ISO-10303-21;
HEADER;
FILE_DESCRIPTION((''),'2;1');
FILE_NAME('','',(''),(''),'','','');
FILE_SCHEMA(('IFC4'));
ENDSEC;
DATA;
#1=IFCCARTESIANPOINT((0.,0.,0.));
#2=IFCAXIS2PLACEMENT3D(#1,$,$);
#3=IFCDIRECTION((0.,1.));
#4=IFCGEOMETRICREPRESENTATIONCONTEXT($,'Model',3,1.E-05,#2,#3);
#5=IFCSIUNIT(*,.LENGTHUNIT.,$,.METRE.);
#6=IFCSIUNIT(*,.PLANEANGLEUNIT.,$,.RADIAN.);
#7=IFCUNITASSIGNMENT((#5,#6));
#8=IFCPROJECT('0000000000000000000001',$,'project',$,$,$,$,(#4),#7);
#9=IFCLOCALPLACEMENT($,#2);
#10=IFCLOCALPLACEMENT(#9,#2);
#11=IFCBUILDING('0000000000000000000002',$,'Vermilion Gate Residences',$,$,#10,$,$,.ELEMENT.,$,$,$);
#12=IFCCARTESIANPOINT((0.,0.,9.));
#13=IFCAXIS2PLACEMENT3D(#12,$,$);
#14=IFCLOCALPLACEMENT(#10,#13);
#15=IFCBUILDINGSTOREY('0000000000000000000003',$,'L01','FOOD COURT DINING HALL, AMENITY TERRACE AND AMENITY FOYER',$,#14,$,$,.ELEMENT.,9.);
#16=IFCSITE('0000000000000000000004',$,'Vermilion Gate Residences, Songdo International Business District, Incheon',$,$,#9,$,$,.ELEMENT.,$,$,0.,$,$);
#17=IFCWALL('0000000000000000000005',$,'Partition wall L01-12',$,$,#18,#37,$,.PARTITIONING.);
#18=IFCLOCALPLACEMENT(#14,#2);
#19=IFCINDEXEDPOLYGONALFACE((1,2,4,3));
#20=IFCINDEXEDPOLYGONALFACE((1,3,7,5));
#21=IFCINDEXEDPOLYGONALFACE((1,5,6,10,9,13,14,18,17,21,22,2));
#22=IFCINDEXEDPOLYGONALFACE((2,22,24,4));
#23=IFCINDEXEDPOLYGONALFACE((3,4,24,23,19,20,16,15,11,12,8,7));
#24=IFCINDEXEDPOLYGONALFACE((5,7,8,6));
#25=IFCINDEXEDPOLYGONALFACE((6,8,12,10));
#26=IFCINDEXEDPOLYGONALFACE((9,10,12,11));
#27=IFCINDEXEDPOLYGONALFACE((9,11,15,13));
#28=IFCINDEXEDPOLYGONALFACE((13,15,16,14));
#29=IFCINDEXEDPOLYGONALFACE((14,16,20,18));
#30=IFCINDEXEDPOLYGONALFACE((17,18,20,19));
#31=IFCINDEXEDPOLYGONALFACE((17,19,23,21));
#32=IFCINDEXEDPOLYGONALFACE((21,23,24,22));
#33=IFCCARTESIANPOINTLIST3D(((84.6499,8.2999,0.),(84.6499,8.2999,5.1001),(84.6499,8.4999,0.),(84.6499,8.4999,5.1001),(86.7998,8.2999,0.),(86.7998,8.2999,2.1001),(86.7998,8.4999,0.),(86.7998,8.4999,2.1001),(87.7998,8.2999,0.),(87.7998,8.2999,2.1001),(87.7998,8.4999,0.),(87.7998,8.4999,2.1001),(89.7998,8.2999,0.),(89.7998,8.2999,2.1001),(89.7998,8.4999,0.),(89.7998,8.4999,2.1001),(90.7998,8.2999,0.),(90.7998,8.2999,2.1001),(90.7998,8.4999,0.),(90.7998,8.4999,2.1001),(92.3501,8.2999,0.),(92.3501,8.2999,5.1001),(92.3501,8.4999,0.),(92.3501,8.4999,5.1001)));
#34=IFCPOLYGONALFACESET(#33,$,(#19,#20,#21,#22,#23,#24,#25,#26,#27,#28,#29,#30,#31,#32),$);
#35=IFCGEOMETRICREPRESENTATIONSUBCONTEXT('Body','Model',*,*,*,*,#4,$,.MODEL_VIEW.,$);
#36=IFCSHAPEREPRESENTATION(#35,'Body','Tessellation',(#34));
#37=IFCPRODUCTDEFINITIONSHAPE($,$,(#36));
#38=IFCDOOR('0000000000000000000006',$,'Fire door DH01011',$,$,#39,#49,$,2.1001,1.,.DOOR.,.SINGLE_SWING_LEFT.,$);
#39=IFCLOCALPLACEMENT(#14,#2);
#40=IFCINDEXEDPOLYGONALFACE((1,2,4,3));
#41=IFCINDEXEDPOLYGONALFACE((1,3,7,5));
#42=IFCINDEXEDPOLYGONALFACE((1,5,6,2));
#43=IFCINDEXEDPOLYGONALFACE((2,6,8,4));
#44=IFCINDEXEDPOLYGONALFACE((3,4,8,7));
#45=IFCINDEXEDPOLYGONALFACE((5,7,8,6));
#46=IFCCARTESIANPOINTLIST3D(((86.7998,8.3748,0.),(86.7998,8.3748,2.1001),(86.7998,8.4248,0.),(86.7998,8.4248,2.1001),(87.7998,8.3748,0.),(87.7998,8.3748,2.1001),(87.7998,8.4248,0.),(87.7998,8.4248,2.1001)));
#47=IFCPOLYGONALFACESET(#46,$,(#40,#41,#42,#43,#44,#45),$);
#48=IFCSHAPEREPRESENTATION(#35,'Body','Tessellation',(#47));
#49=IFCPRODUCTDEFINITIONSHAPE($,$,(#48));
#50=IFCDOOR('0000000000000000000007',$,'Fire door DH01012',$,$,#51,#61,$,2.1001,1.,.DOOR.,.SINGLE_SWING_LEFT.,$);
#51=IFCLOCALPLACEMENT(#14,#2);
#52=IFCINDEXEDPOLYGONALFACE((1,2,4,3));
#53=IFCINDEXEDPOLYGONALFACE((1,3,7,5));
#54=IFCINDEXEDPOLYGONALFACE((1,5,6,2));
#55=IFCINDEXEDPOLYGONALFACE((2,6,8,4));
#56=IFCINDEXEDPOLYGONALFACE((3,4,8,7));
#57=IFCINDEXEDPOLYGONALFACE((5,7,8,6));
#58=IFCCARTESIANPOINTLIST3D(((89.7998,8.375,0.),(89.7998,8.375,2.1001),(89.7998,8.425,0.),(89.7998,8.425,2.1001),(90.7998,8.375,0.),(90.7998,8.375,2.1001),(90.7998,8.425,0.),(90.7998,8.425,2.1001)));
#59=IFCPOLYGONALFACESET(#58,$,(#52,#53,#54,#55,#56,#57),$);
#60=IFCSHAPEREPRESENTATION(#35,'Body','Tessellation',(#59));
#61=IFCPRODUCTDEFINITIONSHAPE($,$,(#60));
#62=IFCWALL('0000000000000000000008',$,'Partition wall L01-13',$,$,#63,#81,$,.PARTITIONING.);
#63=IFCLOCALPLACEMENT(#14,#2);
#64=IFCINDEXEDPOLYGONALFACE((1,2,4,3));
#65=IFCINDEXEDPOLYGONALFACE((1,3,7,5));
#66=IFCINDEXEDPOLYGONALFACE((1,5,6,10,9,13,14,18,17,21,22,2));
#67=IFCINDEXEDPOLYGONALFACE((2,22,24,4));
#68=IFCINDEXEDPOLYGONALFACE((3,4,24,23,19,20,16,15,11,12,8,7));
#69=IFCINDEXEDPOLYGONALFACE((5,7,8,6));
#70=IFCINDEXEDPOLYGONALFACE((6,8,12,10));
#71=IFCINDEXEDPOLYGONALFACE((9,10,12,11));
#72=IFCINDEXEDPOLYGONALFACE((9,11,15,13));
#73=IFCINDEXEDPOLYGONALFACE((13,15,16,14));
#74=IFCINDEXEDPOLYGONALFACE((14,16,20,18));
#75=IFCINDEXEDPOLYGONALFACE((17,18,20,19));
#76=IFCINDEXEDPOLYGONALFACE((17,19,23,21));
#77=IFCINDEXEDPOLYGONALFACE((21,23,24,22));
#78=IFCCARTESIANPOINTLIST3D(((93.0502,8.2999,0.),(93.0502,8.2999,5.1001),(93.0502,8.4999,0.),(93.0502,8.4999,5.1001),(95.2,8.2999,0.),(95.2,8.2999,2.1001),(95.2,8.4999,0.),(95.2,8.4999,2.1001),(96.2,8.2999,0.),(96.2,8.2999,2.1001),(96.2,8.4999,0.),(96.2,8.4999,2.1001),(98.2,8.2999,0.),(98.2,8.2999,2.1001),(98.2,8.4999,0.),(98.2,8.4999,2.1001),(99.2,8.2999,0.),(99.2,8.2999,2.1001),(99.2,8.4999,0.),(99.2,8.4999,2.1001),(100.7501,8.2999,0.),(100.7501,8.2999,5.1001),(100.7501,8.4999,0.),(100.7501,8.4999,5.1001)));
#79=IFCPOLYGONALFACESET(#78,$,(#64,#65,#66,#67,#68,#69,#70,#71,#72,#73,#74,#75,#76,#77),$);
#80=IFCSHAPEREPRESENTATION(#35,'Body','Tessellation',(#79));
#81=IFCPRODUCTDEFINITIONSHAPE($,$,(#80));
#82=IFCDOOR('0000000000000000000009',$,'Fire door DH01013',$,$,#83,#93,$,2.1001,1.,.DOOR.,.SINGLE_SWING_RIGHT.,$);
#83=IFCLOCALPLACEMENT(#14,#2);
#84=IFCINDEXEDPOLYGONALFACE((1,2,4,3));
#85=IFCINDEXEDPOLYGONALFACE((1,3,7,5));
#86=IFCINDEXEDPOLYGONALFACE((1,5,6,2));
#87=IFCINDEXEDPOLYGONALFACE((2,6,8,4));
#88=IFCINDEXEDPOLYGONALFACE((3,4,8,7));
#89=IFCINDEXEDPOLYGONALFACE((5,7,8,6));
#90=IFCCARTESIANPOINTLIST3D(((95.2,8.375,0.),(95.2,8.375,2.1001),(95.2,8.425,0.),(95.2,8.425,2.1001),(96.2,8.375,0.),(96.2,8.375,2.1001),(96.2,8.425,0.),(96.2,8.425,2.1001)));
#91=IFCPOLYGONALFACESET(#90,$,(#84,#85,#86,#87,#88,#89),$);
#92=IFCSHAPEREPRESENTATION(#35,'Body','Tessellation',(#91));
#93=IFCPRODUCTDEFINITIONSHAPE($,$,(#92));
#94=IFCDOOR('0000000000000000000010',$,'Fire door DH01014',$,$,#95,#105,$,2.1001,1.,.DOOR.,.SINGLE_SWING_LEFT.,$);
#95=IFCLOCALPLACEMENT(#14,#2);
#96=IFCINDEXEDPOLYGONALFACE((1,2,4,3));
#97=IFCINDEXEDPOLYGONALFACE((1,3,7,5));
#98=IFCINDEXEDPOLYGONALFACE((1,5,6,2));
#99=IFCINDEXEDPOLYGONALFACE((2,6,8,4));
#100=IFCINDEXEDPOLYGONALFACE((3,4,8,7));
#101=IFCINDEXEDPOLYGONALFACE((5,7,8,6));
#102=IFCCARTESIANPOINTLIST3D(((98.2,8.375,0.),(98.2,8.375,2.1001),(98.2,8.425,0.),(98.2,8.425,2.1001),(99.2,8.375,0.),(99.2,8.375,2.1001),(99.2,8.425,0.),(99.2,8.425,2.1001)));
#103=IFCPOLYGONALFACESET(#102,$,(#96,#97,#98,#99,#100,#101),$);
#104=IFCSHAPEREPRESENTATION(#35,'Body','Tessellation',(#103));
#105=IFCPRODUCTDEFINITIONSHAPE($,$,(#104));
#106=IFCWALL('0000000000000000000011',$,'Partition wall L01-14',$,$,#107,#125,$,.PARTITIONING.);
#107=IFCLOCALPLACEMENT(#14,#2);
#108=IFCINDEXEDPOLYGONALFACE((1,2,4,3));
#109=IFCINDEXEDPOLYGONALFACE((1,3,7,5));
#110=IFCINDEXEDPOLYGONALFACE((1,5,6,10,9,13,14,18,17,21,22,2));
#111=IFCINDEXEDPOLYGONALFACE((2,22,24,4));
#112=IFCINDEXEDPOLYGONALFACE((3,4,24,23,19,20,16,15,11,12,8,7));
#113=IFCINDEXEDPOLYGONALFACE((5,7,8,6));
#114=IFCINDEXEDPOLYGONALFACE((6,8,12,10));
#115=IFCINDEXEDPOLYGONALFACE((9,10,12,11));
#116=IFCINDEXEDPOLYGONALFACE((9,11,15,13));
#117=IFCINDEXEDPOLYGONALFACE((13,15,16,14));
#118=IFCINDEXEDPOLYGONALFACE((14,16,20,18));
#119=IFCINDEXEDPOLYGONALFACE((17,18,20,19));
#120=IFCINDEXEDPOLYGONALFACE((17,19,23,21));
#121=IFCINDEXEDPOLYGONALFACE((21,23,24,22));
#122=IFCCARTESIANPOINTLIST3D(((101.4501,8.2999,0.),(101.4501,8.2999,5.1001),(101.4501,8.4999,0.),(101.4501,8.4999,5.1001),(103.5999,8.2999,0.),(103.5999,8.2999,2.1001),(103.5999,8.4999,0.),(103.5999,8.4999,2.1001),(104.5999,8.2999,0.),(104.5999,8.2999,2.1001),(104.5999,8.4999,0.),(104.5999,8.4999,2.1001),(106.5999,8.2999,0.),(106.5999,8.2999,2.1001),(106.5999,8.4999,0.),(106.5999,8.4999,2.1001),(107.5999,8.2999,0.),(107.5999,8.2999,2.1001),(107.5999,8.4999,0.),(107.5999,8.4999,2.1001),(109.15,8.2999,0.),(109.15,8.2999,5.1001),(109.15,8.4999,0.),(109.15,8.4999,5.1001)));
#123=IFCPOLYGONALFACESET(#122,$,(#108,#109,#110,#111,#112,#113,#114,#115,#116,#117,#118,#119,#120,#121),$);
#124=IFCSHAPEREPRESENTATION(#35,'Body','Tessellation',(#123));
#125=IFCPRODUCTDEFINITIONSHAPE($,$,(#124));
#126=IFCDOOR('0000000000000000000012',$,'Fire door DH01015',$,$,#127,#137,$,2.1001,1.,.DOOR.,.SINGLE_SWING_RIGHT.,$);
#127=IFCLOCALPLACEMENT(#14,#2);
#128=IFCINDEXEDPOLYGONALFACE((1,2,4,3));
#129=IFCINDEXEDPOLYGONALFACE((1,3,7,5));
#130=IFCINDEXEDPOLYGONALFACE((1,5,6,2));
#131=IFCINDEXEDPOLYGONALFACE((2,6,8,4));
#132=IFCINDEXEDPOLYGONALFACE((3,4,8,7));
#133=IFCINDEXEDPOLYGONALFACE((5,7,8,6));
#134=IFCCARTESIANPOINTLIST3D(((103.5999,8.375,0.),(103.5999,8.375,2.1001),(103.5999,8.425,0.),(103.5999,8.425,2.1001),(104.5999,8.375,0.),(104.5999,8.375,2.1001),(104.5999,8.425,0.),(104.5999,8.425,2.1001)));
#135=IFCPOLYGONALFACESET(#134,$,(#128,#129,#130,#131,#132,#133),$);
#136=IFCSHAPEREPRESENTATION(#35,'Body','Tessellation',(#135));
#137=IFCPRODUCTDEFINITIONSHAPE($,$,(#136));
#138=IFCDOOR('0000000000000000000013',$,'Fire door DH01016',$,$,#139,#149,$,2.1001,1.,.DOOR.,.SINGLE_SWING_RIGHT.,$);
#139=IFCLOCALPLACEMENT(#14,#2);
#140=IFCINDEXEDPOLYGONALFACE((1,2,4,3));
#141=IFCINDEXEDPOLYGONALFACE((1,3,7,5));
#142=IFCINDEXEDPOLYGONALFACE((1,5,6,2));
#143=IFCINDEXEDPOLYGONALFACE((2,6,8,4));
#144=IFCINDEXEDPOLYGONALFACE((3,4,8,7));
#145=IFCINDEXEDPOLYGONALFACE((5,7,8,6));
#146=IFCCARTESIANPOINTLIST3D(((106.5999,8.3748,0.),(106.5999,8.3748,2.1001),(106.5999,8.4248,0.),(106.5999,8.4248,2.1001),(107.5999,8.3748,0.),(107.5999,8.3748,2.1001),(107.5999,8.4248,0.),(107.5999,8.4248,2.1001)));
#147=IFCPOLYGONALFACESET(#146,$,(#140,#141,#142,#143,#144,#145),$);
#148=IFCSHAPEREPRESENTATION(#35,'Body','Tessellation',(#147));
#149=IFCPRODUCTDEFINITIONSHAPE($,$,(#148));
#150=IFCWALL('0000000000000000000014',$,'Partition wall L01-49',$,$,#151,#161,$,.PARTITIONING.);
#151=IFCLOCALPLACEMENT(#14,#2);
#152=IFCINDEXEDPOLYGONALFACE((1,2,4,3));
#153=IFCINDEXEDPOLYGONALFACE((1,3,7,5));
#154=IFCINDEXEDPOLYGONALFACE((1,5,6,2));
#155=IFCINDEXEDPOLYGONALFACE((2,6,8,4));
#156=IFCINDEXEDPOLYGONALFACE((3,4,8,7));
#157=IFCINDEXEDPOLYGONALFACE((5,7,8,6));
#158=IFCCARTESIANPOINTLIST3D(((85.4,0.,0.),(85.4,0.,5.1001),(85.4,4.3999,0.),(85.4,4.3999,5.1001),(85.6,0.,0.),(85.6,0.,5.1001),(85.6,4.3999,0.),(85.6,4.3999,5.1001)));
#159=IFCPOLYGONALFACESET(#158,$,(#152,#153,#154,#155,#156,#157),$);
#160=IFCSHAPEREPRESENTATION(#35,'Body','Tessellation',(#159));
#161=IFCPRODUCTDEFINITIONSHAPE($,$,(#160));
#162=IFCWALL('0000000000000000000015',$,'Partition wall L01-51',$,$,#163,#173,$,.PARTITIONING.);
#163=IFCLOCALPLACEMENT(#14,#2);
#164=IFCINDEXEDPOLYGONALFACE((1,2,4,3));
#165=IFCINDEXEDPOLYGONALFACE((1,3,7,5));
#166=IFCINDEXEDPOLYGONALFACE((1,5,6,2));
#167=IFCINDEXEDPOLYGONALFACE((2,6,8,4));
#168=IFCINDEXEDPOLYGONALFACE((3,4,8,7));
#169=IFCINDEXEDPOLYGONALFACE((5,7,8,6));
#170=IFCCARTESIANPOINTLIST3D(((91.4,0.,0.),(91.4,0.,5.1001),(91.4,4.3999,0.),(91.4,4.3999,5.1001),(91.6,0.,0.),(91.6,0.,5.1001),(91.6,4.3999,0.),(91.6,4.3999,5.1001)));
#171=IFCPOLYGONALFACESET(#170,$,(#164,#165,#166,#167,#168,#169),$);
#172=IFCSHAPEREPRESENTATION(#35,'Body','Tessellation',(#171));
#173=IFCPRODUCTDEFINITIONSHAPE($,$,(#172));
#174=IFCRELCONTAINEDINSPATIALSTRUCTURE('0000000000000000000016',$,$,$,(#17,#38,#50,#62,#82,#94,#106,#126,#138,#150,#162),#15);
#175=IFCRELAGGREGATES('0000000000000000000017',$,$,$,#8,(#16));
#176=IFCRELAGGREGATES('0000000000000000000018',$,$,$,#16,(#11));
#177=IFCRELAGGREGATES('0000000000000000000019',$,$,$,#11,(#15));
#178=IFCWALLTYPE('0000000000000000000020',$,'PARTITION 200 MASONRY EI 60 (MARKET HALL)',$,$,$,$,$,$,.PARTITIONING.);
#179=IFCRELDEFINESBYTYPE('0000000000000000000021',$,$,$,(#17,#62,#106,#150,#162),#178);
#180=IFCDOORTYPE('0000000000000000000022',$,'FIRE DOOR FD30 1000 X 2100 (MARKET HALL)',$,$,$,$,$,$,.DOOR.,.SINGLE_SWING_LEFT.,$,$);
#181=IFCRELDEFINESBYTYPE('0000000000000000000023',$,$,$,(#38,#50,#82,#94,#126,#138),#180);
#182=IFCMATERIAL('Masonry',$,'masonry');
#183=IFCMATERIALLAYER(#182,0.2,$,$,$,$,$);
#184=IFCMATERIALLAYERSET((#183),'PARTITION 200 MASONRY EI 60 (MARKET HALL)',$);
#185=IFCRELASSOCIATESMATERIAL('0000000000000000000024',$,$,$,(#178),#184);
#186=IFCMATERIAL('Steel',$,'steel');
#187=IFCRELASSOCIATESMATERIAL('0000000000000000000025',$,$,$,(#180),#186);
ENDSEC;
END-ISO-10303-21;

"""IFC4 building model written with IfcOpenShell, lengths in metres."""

from ifc_helpers import new_model, si_unit, direction, frame, frame_2d, origin, place, context, subcontext, project, spatial, rectangle, extrude, material, layer, layer_set, type_object, element, fill, save


model = new_model("IFC4")

# Units and contexts
model_context = context("Model", 3, precision=1e-05, world=origin(), true_north=direction((0.0, 1.0)))
body_context = subcontext(model_context, "Body", "Model", "MODEL_VIEW")
ifc_project = project(units=[si_unit("LENGTHUNIT", "METRE"), si_unit("PLANEANGLEUNIT", "RADIAN")], contexts=[model_context])

# Site, building, storey
site_placement = place(None, origin())
site = spatial("IfcSite", under=ifc_project, at=site_placement, Name="Vermilion Gate Residences, Songdo International Business District, Incheon", CompositionType="ELEMENT", RefElevation=0.0)
building_placement = place(site_placement, origin())
building = spatial("IfcBuilding", under=site, at=building_placement, Name="Vermilion Gate Residences", CompositionType="ELEMENT")
storey_placement = place(building_placement, frame((0.0, 0.0, 9.0)))
storey = spatial("IfcBuildingStorey", under=building, at=storey_placement, Name="L01", Description="FOOD COURT DINING HALL, AMENITY TERRACE AND AMENITY FOYER", CompositionType="ELEMENT", Elevation=9.0)

# Walls, openings, doors
ifc_material_1 = material(Name="Masonry", Category="masonry")
ifc_layer_1 = layer(ifc_material_1, 0.2)
ifc_layer_set_1 = layer_set([ifc_layer_1], Name="PARTITION 200 MASONRY EI 60 (MARKET HALL)")
wall_type_1 = type_object("IfcWallType", Name="PARTITION 200 MASONRY EI 60 (MARKET HALL)", PredefinedType="PARTITIONING", material=ifc_layer_set_1)
wall_1_placement = place(storey_placement, frame((84.6499, 8.3999, 0.0), z_axis=(0.0, 0.0, 1.0), x_axis=(1.0, 0.0, 0.0)))
wall_1 = element("IfcWall", 1, at=wall_1_placement, inside=storey, type_object=wall_type_1, Name="Partition wall L01-12", PredefinedType="PARTITIONING", context=body_context, shape_type="SweptSolid", body=[
    extrude(rectangle(XDim=7.7002, YDim=0.2, at=frame_2d((3.8501, 0.0))), origin(), (0.0, 0.0, 1.0), 5.1001),
])
opening_1_placement = place(wall_1_placement, frame((2.1499, 0.0, 0.0)))
opening_1 = element("IfcOpeningElement", 2, at=opening_1_placement, cuts=wall_1, PredefinedType="OPENING", context=body_context, shape_type="SweptSolid", body=[
    extrude(rectangle(XDim=1.0, YDim=2.1001, at=frame_2d((0.5, 1.05))), frame((0.0, 0.1099, 0.0), z_axis=(0.0, -1.0, 0.0), x_axis=(1.0, 0.0, 0.0)), (0.0, 0.0, 1.0), 0.22),
])
opening_2_placement = place(wall_1_placement, frame((5.1499, 0.0, 0.0)))
opening_2 = element("IfcOpeningElement", 3, at=opening_2_placement, cuts=wall_1, PredefinedType="OPENING", context=body_context, shape_type="SweptSolid", body=[
    extrude(rectangle(XDim=1.0, YDim=2.1001, at=frame_2d((0.5, 1.05))), frame((0.0, 0.1099, 0.0), z_axis=(0.0, -1.0, 0.0), x_axis=(1.0, 0.0, 0.0)), (0.0, 0.0, 1.0), 0.22),
])
ifc_material_2 = material(Name="Steel", Category="steel")
door_type = type_object("IfcDoorType", Name="FIRE DOOR FD30 1000 X 2100 (MARKET HALL)", OperationType="SINGLE_SWING_LEFT", PredefinedType="DOOR", material=ifc_material_2)
door_1_placement = place(opening_1_placement, origin())
door_1 = element("IfcDoor", 4, at=door_1_placement, inside=storey, type_object=door_type, Name="Fire door DH01011", OperationType="SINGLE_SWING_LEFT", OverallHeight=2.1001, OverallWidth=1.0, PredefinedType="DOOR", context=body_context, shape_type="SweptSolid", body=[
    extrude(rectangle(XDim=1.0, YDim=2.1001, at=frame_2d((0.5, 1.05))), frame((0.0, 0.0249, 0.0), z_axis=(0.0, -1.0, 0.0), x_axis=(1.0, 0.0, 0.0)), (0.0, 0.0, 1.0), 0.05),
])
fill(opening_1, door_1)
door_2_placement = place(opening_2_placement, frame((1.0, 0.0, 0.0), z_axis=(0.0, 0.0, 1.0), x_axis=(-1.0, 0.0, 0.0)))
door_2 = element("IfcDoor", 5, at=door_2_placement, inside=storey, type_object=door_type, Name="Fire door DH01012", OperationType="SINGLE_SWING_LEFT", OverallHeight=2.1001, OverallWidth=1.0, PredefinedType="DOOR", context=body_context, shape_type="SweptSolid", body=[
    extrude(rectangle(XDim=1.0, YDim=2.1001, at=frame_2d((0.5, 1.05))), frame((0.0, 0.0249, 0.0), z_axis=(0.0, -1.0, 0.0), x_axis=(1.0, 0.0, 0.0)), (0.0, 0.0, 1.0), 0.05),
])
fill(opening_2, door_2)
wall_2_placement = place(storey_placement, frame((93.05, 8.3999, 0.0), z_axis=(0.0, 0.0, 1.0), x_axis=(1.0, 0.0, 0.0)))
wall_2 = element("IfcWall", 6, at=wall_2_placement, inside=storey, type_object=wall_type_1, Name="Partition wall L01-13", PredefinedType="PARTITIONING", context=body_context, shape_type="SweptSolid", body=[
    extrude(rectangle(XDim=7.7, YDim=0.2, at=frame_2d((3.8501, 0.0))), origin(), (0.0, 0.0, 1.0), 5.1001),
])
opening_3_placement = place(wall_2_placement, frame((2.1499, 0.0, 0.0)))
opening_3 = element("IfcOpeningElement", 7, at=opening_3_placement, cuts=wall_2, PredefinedType="OPENING", context=body_context, shape_type="SweptSolid", body=[
    extrude(rectangle(XDim=1.0, YDim=2.1001, at=frame_2d((0.5, 1.05))), frame((0.0, 0.1099, 0.0), z_axis=(0.0, -1.0, 0.0), x_axis=(1.0, 0.0, 0.0)), (0.0, 0.0, 1.0), 0.22),
])
opening_4_placement = place(wall_2_placement, frame((5.1499, 0.0, 0.0)))
opening_4 = element("IfcOpeningElement", 8, at=opening_4_placement, cuts=wall_2, PredefinedType="OPENING", context=body_context, shape_type="SweptSolid", body=[
    extrude(rectangle(XDim=1.0, YDim=2.1001, at=frame_2d((0.5, 1.05))), frame((0.0, 0.1099, 0.0), z_axis=(0.0, -1.0, 0.0), x_axis=(1.0, 0.0, 0.0)), (0.0, 0.0, 1.0), 0.22),
])
door_3_placement = place(opening_3_placement, frame((1.0, 0.0, 0.0), z_axis=(0.0, 0.0, 1.0), x_axis=(-1.0, 0.0, 0.0)))
door_3 = element("IfcDoor", 9, at=door_3_placement, inside=storey, type_object=door_type, Name="Fire door DH01013", OperationType="SINGLE_SWING_RIGHT", OverallHeight=2.1001, OverallWidth=1.0, PredefinedType="DOOR", context=body_context, shape_type="SweptSolid", body=[
    extrude(rectangle(XDim=1.0, YDim=2.1001, at=frame_2d((0.5, 1.05))), frame((0.0, 0.0249, 0.0), z_axis=(0.0, -1.0, 0.0), x_axis=(1.0, 0.0, 0.0)), (0.0, 0.0, 1.0), 0.05),
])
fill(opening_3, door_3)
door_4_placement = place(opening_4_placement, frame((1.0, 0.0, 0.0), z_axis=(0.0, 0.0, 1.0), x_axis=(-1.0, 0.0, 0.0)))
door_4 = element("IfcDoor", 10, at=door_4_placement, inside=storey, type_object=door_type, Name="Fire door DH01014", OperationType="SINGLE_SWING_LEFT", OverallHeight=2.1001, OverallWidth=1.0, PredefinedType="DOOR", context=body_context, shape_type="SweptSolid", body=[
    extrude(rectangle(XDim=1.0, YDim=2.1001, at=frame_2d((0.5, 1.05))), frame((0.0, 0.0249, 0.0), z_axis=(0.0, -1.0, 0.0), x_axis=(1.0, 0.0, 0.0)), (0.0, 0.0, 1.0), 0.05),
])
fill(opening_4, door_4)
wall_3_placement = place(storey_placement, frame((101.45, 8.3999, 0.0), z_axis=(0.0, 0.0, 1.0), x_axis=(1.0, 0.0, 0.0)))
wall_3 = element("IfcWall", 11, at=wall_3_placement, inside=storey, type_object=wall_type_1, Name="Partition wall L01-14", PredefinedType="PARTITIONING", context=body_context, shape_type="SweptSolid", body=[
    extrude(rectangle(XDim=7.7, YDim=0.2, at=frame_2d((3.8501, 0.0))), origin(), (0.0, 0.0, 1.0), 5.1001),
])
opening_5_placement = place(wall_3_placement, frame((2.1499, 0.0, 0.0)))
opening_5 = element("IfcOpeningElement", 12, at=opening_5_placement, cuts=wall_3, PredefinedType="OPENING", context=body_context, shape_type="SweptSolid", body=[
    extrude(rectangle(XDim=1.0, YDim=2.1001, at=frame_2d((0.5, 1.05))), frame((0.0, 0.1099, 0.0), z_axis=(0.0, -1.0, 0.0), x_axis=(1.0, 0.0, 0.0)), (0.0, 0.0, 1.0), 0.22),
])
opening_6_placement = place(wall_3_placement, frame((5.1499, 0.0, 0.0)))
opening_6 = element("IfcOpeningElement", 13, at=opening_6_placement, cuts=wall_3, PredefinedType="OPENING", context=body_context, shape_type="SweptSolid", body=[
    extrude(rectangle(XDim=1.0, YDim=2.1001, at=frame_2d((0.5, 1.05))), frame((0.0, 0.1099, 0.0), z_axis=(0.0, -1.0, 0.0), x_axis=(1.0, 0.0, 0.0)), (0.0, 0.0, 1.0), 0.22),
])
door_5_placement = place(opening_5_placement, frame((1.0, 0.0, 0.0), z_axis=(0.0, 0.0, 1.0), x_axis=(-1.0, 0.0, 0.0)))
door_5 = element("IfcDoor", 14, at=door_5_placement, inside=storey, type_object=door_type, Name="Fire door DH01015", OperationType="SINGLE_SWING_RIGHT", OverallHeight=2.1001, OverallWidth=1.0, PredefinedType="DOOR", context=body_context, shape_type="SweptSolid", body=[
    extrude(rectangle(XDim=1.0, YDim=2.1001, at=frame_2d((0.5, 1.05))), frame((0.0, 0.0249, 0.0), z_axis=(0.0, -1.0, 0.0), x_axis=(1.0, 0.0, 0.0)), (0.0, 0.0, 1.0), 0.05),
])
fill(opening_5, door_5)
door_6_placement = place(opening_6_placement, origin())
door_6 = element("IfcDoor", 15, at=door_6_placement, inside=storey, type_object=door_type, Name="Fire door DH01016", OperationType="SINGLE_SWING_RIGHT", OverallHeight=2.1001, OverallWidth=1.0, PredefinedType="DOOR", context=body_context, shape_type="SweptSolid", body=[
    extrude(rectangle(XDim=1.0, YDim=2.1001, at=frame_2d((0.5, 1.05))), frame((0.0, 0.0249, 0.0), z_axis=(0.0, -1.0, 0.0), x_axis=(1.0, 0.0, 0.0)), (0.0, 0.0, 1.0), 0.05),
])
fill(opening_6, door_6)

# Walls
for number, where, z_axis, x_axis, name in (
    (16, (85.5, 0.0, 0.0), (0.0, 0.0, 1.0), (0.0, 1.0, 0.0), "Partition wall L01-49"),
    (17, (91.5, 0.0, 0.0), (0.0, 0.0, 1.0), (0.0, 1.0, 0.0), "Partition wall L01-51"),
):
    element("IfcWall", number, at=place(storey_placement, frame(where, z_axis=z_axis, x_axis=x_axis)), inside=storey, type_object=wall_type_1, Name=name, PredefinedType="PARTITIONING", context=body_context, shape_type="SweptSolid", body=[
        extrude(rectangle(XDim=4.3999, YDim=0.2, at=frame_2d((2.2, 0.0))), origin(), (0.0, 0.0, 1.0), 5.1001),
    ])

save(model, "model.ifc")
